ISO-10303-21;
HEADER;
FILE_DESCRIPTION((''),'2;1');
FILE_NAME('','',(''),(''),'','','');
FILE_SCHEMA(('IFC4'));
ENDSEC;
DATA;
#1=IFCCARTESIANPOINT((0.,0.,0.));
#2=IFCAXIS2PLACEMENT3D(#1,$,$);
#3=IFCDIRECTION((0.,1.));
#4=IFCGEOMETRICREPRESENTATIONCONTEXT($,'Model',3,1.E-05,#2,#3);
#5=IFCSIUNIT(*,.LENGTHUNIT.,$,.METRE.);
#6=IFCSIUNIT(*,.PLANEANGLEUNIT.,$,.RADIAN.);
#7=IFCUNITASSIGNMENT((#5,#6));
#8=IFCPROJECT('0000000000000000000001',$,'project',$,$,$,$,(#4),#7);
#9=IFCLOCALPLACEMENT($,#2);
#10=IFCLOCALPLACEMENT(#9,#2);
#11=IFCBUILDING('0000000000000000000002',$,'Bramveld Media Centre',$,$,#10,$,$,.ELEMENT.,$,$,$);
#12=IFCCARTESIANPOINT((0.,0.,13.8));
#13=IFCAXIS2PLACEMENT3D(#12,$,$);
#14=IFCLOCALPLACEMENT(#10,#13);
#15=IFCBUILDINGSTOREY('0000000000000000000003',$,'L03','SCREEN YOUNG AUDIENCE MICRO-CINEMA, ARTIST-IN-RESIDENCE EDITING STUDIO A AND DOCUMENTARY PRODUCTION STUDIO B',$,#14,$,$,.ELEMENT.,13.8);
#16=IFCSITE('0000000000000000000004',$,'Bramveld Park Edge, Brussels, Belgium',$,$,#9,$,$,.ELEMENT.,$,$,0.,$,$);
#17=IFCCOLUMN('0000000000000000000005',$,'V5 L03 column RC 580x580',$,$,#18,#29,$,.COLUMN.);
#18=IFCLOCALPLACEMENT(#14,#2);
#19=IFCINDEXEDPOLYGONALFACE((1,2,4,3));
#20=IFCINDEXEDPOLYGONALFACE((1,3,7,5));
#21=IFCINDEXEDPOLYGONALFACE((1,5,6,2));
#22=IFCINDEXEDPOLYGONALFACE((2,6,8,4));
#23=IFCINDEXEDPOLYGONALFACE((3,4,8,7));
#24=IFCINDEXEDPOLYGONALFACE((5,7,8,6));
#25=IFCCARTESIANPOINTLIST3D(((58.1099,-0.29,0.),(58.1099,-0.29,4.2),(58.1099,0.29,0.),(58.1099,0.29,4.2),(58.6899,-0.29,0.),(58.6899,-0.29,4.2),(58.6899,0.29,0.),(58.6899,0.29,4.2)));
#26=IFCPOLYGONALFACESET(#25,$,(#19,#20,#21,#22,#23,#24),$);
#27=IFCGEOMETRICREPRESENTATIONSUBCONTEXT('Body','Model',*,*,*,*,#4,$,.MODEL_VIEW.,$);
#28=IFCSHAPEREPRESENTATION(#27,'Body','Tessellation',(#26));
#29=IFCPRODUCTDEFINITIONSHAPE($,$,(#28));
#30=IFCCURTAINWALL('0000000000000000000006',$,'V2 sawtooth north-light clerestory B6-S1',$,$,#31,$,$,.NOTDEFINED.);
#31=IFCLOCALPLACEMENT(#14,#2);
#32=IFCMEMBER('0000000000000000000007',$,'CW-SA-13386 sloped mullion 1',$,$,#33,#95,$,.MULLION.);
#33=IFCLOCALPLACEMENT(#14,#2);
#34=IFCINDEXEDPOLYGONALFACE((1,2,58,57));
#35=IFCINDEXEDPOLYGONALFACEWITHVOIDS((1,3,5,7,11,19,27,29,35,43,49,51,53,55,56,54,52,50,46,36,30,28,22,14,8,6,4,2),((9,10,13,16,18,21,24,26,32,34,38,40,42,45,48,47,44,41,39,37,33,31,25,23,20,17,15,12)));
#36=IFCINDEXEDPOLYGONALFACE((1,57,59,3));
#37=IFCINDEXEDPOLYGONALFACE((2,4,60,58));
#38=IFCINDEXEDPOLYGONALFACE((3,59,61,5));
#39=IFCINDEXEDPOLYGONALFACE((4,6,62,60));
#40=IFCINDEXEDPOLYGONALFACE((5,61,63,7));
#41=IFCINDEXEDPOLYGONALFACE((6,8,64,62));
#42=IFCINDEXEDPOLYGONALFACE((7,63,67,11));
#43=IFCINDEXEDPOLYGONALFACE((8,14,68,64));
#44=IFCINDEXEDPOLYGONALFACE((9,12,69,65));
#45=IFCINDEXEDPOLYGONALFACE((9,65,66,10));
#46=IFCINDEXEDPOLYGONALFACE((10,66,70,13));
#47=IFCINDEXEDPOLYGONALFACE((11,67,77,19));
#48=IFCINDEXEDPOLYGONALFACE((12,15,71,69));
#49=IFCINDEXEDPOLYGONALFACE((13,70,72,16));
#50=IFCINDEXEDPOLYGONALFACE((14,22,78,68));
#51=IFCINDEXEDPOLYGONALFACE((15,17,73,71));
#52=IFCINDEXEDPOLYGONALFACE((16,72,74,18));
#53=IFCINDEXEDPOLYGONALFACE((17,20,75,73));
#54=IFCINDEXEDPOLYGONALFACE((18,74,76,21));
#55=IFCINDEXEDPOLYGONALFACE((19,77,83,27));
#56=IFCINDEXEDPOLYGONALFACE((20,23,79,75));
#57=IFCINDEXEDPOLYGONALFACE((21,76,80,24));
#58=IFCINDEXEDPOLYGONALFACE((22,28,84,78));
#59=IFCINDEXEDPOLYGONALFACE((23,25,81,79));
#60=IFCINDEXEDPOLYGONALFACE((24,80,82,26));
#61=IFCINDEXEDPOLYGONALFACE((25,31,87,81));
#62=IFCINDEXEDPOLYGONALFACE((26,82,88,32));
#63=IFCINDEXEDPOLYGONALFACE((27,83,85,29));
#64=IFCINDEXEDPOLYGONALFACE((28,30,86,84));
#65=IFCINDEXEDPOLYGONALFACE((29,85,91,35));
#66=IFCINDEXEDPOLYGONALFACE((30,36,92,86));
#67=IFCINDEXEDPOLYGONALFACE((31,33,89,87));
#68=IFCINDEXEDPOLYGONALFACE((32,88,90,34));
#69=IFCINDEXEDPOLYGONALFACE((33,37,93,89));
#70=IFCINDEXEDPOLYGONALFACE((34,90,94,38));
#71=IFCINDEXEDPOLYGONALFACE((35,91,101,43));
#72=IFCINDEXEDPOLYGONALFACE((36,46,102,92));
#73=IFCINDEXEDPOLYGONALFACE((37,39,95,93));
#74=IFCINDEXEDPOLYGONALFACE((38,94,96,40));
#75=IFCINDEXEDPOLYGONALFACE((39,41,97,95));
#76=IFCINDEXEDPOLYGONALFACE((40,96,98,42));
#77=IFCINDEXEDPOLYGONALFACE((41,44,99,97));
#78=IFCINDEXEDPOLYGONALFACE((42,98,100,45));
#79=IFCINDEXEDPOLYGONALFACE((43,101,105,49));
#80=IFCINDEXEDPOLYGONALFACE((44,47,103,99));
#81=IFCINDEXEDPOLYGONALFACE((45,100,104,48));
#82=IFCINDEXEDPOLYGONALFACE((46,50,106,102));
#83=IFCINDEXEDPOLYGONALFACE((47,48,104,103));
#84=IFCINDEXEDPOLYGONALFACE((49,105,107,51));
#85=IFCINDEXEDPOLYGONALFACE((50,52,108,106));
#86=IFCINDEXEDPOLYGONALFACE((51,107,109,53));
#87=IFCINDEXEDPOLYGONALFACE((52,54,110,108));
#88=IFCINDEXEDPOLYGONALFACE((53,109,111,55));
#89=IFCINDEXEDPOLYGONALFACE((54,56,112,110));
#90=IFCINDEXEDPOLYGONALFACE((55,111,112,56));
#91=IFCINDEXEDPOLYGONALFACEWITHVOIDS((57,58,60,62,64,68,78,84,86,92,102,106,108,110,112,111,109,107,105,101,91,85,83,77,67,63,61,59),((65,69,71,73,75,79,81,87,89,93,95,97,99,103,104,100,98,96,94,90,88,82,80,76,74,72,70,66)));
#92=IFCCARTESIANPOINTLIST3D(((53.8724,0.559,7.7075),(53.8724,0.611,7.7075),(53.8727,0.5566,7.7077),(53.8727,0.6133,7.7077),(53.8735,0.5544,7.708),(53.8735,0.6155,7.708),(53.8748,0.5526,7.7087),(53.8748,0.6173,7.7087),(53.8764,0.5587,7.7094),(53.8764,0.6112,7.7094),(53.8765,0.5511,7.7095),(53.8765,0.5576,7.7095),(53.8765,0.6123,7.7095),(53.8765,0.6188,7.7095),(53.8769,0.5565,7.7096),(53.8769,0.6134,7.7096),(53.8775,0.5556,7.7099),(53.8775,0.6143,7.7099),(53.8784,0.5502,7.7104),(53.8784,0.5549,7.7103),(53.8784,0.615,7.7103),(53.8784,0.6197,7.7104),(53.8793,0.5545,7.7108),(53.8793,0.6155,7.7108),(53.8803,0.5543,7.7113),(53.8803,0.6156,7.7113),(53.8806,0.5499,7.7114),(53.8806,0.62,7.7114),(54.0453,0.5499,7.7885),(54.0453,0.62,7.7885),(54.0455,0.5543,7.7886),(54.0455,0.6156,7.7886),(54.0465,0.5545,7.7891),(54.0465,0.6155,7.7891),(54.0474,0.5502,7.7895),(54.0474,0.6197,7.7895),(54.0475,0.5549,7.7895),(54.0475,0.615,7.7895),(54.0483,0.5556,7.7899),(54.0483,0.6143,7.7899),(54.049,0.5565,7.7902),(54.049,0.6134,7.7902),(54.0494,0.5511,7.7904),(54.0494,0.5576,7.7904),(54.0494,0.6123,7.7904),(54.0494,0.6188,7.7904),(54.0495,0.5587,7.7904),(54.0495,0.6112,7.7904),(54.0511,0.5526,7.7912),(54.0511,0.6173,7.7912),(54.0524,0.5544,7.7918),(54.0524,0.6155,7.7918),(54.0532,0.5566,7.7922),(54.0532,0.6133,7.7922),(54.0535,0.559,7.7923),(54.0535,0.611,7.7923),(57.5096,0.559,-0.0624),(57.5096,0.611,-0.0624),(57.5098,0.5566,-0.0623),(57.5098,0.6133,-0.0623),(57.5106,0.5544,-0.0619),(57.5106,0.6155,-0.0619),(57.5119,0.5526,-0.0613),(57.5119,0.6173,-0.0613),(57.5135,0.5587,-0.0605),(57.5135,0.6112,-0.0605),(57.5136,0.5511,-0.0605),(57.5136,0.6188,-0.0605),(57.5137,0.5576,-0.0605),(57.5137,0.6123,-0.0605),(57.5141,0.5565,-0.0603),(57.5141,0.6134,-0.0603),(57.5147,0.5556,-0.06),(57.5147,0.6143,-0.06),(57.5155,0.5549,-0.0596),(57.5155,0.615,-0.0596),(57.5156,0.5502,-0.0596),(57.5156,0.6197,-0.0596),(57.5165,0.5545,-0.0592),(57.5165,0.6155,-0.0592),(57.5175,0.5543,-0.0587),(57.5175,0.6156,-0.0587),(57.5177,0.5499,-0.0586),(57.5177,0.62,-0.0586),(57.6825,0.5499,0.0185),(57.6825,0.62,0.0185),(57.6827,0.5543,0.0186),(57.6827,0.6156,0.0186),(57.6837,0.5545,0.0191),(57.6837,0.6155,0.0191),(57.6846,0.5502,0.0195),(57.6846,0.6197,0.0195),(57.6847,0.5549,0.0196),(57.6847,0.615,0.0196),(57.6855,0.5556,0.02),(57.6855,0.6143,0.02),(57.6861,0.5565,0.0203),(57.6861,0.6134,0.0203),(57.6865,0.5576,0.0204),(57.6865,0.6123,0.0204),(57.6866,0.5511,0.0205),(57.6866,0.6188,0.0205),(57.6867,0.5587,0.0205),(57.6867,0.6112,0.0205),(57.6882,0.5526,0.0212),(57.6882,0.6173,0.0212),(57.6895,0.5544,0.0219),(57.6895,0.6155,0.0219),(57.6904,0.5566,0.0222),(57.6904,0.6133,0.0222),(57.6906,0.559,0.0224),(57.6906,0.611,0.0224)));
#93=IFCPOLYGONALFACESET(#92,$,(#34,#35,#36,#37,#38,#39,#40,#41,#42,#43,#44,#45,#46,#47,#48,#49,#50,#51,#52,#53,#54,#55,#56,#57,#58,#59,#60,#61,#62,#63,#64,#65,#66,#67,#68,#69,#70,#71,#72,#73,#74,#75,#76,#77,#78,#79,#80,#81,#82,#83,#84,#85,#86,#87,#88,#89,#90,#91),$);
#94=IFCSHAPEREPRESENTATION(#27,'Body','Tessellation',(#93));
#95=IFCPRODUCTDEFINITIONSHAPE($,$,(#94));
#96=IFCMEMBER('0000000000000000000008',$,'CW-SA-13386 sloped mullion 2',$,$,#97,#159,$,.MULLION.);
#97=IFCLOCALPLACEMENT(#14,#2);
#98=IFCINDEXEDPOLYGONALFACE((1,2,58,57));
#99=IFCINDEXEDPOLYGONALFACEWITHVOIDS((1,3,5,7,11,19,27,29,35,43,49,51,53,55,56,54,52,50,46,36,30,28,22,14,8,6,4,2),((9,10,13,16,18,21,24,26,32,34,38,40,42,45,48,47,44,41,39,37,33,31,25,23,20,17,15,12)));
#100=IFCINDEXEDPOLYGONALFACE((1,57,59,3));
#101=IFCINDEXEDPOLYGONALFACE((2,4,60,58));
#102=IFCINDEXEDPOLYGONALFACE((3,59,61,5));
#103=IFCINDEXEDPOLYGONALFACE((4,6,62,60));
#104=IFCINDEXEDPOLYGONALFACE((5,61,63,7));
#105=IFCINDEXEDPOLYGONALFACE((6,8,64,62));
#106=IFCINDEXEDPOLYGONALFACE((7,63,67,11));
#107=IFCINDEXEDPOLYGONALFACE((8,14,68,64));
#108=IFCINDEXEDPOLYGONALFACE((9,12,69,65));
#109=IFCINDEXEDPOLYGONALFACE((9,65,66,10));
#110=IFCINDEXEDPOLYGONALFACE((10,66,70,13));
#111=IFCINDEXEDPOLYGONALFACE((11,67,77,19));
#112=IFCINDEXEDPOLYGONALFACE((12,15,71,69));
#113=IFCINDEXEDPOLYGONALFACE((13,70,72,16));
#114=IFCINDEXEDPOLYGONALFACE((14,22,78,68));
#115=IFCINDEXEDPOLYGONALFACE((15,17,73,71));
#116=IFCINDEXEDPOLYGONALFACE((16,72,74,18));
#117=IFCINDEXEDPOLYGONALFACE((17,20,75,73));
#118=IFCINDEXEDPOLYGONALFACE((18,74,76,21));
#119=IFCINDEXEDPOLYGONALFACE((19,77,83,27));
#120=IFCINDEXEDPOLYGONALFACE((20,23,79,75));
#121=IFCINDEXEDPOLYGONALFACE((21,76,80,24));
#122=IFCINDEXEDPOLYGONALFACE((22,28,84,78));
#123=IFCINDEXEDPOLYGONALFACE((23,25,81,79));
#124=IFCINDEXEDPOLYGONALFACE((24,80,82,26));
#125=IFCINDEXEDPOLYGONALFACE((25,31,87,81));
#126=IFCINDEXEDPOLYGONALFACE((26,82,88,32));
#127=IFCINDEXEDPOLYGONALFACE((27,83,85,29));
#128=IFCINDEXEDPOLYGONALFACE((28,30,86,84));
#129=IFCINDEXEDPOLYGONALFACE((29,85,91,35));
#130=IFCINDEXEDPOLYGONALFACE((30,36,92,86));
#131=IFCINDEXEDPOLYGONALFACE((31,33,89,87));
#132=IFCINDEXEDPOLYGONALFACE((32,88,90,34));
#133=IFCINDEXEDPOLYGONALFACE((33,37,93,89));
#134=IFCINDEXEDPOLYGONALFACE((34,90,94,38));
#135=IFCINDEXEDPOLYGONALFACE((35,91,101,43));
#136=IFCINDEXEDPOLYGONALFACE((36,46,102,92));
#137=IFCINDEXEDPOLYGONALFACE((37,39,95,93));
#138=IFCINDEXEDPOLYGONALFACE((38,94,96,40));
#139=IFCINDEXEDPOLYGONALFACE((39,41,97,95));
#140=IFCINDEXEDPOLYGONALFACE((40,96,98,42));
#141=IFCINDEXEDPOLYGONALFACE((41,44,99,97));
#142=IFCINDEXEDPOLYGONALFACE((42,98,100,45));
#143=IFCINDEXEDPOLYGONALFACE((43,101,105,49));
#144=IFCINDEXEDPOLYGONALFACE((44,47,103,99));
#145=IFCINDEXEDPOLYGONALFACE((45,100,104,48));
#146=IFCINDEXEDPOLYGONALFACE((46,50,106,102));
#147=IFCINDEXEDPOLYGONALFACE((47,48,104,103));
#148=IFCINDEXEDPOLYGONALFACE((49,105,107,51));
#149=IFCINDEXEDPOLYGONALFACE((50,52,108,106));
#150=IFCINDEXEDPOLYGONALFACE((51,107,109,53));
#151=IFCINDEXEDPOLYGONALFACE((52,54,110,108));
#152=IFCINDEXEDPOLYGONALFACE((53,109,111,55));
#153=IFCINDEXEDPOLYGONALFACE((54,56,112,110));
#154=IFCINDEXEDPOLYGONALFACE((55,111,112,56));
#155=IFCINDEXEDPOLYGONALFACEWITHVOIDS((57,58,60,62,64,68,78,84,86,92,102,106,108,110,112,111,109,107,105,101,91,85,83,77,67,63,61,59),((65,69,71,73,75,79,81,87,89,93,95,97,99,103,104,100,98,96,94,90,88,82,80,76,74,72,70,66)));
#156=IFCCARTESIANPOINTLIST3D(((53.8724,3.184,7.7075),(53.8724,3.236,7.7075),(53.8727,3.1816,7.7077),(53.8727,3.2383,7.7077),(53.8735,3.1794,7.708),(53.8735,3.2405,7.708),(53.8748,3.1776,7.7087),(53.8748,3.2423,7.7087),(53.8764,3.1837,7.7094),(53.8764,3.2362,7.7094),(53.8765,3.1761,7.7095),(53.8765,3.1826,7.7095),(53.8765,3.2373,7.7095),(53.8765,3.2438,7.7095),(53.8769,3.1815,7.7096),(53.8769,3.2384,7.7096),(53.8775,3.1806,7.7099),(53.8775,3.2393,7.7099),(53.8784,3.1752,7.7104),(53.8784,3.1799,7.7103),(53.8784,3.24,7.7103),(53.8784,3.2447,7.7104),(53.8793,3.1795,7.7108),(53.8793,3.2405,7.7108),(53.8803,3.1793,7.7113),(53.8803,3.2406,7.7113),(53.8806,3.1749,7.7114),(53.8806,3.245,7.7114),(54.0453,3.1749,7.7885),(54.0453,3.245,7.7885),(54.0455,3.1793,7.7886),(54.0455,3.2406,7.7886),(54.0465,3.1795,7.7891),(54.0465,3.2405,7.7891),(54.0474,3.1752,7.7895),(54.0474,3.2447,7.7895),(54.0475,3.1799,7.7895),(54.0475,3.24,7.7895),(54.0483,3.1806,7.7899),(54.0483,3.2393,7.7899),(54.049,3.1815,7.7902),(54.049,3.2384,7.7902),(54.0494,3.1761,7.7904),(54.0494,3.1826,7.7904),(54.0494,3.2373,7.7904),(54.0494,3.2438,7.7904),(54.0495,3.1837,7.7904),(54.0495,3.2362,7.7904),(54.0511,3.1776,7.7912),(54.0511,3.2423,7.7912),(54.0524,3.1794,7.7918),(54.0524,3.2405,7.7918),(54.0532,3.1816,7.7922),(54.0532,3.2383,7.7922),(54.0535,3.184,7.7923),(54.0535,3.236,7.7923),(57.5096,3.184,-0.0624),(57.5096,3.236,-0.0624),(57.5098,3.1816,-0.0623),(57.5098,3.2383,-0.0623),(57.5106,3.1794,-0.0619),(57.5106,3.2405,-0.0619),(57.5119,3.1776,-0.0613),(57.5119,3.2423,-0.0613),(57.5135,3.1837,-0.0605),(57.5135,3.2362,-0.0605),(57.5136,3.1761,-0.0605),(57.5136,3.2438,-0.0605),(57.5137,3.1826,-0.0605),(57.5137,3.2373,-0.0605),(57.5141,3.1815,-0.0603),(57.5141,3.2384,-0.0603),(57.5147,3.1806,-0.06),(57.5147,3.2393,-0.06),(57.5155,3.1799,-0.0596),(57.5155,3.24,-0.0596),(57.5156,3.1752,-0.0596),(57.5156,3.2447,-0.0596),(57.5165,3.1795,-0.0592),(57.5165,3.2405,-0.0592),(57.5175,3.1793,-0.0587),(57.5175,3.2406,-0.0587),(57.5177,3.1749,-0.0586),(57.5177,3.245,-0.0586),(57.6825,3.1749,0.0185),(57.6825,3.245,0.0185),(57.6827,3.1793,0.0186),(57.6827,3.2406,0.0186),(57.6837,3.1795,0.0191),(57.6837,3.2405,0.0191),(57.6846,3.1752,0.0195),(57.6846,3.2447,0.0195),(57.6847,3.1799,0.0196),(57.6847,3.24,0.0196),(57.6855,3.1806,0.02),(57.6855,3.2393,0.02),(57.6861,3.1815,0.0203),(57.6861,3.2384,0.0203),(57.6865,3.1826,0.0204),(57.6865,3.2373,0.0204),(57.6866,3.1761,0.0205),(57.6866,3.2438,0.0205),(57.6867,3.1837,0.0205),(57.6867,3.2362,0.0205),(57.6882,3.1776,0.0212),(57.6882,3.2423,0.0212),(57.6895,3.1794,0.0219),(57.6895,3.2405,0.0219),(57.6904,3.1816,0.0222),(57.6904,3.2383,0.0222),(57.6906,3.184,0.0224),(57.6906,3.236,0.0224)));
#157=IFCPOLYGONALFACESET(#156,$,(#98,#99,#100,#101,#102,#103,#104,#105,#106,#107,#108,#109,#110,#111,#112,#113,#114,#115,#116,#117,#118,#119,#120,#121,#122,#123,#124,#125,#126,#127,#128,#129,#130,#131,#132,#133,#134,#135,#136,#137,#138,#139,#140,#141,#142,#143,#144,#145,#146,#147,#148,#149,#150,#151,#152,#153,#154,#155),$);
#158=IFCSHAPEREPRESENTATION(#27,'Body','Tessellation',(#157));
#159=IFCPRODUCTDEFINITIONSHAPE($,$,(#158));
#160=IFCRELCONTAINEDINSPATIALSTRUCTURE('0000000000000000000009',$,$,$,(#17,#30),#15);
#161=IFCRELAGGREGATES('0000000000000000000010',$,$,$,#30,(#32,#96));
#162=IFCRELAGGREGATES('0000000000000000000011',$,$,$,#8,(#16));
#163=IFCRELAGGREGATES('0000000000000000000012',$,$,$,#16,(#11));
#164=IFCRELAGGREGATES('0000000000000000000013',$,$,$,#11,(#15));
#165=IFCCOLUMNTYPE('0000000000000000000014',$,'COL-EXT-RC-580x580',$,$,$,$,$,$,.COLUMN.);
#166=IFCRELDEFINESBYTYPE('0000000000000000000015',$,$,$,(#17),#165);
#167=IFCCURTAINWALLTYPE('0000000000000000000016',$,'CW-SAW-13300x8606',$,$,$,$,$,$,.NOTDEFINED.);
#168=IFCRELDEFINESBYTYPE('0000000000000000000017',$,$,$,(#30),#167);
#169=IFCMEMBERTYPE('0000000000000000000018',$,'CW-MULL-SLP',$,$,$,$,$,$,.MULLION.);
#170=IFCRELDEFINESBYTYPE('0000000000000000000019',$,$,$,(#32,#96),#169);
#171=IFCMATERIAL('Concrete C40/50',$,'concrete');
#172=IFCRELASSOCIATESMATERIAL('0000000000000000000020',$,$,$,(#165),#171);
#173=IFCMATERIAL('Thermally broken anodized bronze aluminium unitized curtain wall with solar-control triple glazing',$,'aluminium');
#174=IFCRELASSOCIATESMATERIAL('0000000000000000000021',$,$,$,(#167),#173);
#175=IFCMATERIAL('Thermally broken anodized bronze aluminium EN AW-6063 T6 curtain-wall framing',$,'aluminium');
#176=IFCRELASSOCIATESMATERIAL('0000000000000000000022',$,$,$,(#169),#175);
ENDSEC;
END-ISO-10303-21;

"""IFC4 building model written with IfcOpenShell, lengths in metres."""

from ifc_helpers import new_model, si_unit, direction, frame, origin, origin_2d, place, context, subcontext, project, spatial, rectangle, hollow_rectangle, extrude, material, material_profile, profile_set, type_object, element, aggregate, save


model = new_model("IFC4")

# Units and contexts
model_context = context("Model", 3, precision=1e-05, world=origin(), true_north=direction((0.0, 1.0)))
body_context = subcontext(model_context, "Body", "Model", "MODEL_VIEW")
ifc_project = project(units=[si_unit("LENGTHUNIT", "METRE"), si_unit("PLANEANGLEUNIT", "RADIAN")], contexts=[model_context])

# Site, building, storey
site_placement = place(None, origin())
site = spatial("IfcSite", under=ifc_project, at=site_placement, Name="Bramveld Park Edge, Brussels, Belgium", CompositionType="ELEMENT", RefElevation=0.0)
building_placement = place(site_placement, origin())
building = spatial("IfcBuilding", under=site, at=building_placement, Name="Bramveld Media Centre", CompositionType="ELEMENT")
storey_placement = place(building_placement, frame((0.0, 0.0, 13.8)))
storey = spatial("IfcBuildingStorey", under=building, at=storey_placement, Name="L03", Description="SCREEN YOUNG AUDIENCE MICRO-CINEMA, ARTIST-IN-RESIDENCE EDITING STUDIO A AND DOCUMENTARY PRODUCTION STUDIO B", CompositionType="ELEMENT", Elevation=13.8)

# Column
ifc_material_1 = material(Name="Concrete C40/50", Category="concrete")
ifc_material_profile_1 = material_profile(ifc_material_1, rectangle(XDim=0.5801, YDim=0.5801, at=origin_2d()), Name="RC 580x580")
ifc_profile_set_1 = profile_set([ifc_material_profile_1], Name="Concrete C40/50")
column_type = type_object("IfcColumnType", Name="COL-EXT-RC-580x580", PredefinedType="COLUMN", material=ifc_profile_set_1)
column_placement = place(storey_placement, frame((58.3999, 0.0, 0.0), z_axis=(0.0, 0.0, 1.0), x_axis=(1.0, 0.0, 0.0)))
element("IfcColumn", 1, at=column_placement, inside=storey, type_object=column_type, Name="V5 L03 column RC 580x580", PredefinedType="COLUMN", context=body_context, shape_type="SweptSolid", body=[
    extrude(rectangle(XDim=0.5801, YDim=0.5801, at=origin_2d()), origin(), (0.0, 0.0, 1.0), 4.2),
])

# Curtain wall, members
ifc_material_2 = material(Name="Thermally broken anodized bronze aluminium unitized curtain wall with solar-control triple glazing", Category="aluminium")
curtain_wall_type = type_object("IfcCurtainWallType", Name="CW-SAW-13300x8606", PredefinedType="NOTDEFINED", material=ifc_material_2)
curtain_wall_placement = place(storey_placement, origin())
curtain_wall = element("IfcCurtainWall", 2, at=curtain_wall_placement, inside=storey, type_object=curtain_wall_type, Name="V2 sawtooth north-light clerestory B6-S1", PredefinedType="NOTDEFINED")
ifc_material_3 = material(Name="Thermally broken anodized bronze aluminium EN AW-6063 T6 curtain-wall framing", Category="aluminium")
ifc_material_profile_2 = material_profile(ifc_material_3, hollow_rectangle(XDim=0.0701, YDim=0.2, WallThickness=0.0044, InnerFilletRadius=0.0044, OuterFilletRadius=0.009, at=origin_2d()), Name="AL-MULL 70x200")
ifc_profile_set_2 = profile_set([ifc_material_profile_2], Name="Thermally broken anodized bronze aluminium EN AW-6063 T6 curtain-wall framing")
member_type_1 = type_object("IfcMemberType", Name="CW-MULL-SLP", PredefinedType="MULLION", material=ifc_profile_set_2)
member_1_placement = place(storey_placement, frame((57.6001, 0.585, -0.02), z_axis=(-0.423957, 0.0, 0.905682), x_axis=(0.0, -1.0, 0.0)))
member_1 = element("IfcMember", 3, at=member_1_placement, type_object=member_type_1, Name="CW-SA-13386 sloped mullion 1", PredefinedType="MULLION", context=body_context, shape_type="SweptSolid", body=[
    extrude(hollow_rectangle(XDim=0.0701, YDim=0.2, WallThickness=0.0044, InnerFilletRadius=0.0044, OuterFilletRadius=0.009, at=origin_2d()), origin(), (0.0, 0.0, 1.0), 8.5791),
])
member_2_placement = place(storey_placement, frame((57.6001, 3.21, -0.02), z_axis=(-0.423957, 0.0, 0.905682), x_axis=(0.0, -1.0, 0.0)))
member_2 = element("IfcMember", 4, at=member_2_placement, type_object=member_type_1, Name="CW-SA-13386 sloped mullion 2", PredefinedType="MULLION", context=body_context, shape_type="SweptSolid", body=[
    extrude(hollow_rectangle(XDim=0.0701, YDim=0.2, WallThickness=0.0044, InnerFilletRadius=0.0044, OuterFilletRadius=0.009, at=origin_2d()), origin(), (0.0, 0.0, 1.0), 8.5791),
])

aggregate(curtain_wall, [member_1, member_2])

save(model, "model.ifc")
